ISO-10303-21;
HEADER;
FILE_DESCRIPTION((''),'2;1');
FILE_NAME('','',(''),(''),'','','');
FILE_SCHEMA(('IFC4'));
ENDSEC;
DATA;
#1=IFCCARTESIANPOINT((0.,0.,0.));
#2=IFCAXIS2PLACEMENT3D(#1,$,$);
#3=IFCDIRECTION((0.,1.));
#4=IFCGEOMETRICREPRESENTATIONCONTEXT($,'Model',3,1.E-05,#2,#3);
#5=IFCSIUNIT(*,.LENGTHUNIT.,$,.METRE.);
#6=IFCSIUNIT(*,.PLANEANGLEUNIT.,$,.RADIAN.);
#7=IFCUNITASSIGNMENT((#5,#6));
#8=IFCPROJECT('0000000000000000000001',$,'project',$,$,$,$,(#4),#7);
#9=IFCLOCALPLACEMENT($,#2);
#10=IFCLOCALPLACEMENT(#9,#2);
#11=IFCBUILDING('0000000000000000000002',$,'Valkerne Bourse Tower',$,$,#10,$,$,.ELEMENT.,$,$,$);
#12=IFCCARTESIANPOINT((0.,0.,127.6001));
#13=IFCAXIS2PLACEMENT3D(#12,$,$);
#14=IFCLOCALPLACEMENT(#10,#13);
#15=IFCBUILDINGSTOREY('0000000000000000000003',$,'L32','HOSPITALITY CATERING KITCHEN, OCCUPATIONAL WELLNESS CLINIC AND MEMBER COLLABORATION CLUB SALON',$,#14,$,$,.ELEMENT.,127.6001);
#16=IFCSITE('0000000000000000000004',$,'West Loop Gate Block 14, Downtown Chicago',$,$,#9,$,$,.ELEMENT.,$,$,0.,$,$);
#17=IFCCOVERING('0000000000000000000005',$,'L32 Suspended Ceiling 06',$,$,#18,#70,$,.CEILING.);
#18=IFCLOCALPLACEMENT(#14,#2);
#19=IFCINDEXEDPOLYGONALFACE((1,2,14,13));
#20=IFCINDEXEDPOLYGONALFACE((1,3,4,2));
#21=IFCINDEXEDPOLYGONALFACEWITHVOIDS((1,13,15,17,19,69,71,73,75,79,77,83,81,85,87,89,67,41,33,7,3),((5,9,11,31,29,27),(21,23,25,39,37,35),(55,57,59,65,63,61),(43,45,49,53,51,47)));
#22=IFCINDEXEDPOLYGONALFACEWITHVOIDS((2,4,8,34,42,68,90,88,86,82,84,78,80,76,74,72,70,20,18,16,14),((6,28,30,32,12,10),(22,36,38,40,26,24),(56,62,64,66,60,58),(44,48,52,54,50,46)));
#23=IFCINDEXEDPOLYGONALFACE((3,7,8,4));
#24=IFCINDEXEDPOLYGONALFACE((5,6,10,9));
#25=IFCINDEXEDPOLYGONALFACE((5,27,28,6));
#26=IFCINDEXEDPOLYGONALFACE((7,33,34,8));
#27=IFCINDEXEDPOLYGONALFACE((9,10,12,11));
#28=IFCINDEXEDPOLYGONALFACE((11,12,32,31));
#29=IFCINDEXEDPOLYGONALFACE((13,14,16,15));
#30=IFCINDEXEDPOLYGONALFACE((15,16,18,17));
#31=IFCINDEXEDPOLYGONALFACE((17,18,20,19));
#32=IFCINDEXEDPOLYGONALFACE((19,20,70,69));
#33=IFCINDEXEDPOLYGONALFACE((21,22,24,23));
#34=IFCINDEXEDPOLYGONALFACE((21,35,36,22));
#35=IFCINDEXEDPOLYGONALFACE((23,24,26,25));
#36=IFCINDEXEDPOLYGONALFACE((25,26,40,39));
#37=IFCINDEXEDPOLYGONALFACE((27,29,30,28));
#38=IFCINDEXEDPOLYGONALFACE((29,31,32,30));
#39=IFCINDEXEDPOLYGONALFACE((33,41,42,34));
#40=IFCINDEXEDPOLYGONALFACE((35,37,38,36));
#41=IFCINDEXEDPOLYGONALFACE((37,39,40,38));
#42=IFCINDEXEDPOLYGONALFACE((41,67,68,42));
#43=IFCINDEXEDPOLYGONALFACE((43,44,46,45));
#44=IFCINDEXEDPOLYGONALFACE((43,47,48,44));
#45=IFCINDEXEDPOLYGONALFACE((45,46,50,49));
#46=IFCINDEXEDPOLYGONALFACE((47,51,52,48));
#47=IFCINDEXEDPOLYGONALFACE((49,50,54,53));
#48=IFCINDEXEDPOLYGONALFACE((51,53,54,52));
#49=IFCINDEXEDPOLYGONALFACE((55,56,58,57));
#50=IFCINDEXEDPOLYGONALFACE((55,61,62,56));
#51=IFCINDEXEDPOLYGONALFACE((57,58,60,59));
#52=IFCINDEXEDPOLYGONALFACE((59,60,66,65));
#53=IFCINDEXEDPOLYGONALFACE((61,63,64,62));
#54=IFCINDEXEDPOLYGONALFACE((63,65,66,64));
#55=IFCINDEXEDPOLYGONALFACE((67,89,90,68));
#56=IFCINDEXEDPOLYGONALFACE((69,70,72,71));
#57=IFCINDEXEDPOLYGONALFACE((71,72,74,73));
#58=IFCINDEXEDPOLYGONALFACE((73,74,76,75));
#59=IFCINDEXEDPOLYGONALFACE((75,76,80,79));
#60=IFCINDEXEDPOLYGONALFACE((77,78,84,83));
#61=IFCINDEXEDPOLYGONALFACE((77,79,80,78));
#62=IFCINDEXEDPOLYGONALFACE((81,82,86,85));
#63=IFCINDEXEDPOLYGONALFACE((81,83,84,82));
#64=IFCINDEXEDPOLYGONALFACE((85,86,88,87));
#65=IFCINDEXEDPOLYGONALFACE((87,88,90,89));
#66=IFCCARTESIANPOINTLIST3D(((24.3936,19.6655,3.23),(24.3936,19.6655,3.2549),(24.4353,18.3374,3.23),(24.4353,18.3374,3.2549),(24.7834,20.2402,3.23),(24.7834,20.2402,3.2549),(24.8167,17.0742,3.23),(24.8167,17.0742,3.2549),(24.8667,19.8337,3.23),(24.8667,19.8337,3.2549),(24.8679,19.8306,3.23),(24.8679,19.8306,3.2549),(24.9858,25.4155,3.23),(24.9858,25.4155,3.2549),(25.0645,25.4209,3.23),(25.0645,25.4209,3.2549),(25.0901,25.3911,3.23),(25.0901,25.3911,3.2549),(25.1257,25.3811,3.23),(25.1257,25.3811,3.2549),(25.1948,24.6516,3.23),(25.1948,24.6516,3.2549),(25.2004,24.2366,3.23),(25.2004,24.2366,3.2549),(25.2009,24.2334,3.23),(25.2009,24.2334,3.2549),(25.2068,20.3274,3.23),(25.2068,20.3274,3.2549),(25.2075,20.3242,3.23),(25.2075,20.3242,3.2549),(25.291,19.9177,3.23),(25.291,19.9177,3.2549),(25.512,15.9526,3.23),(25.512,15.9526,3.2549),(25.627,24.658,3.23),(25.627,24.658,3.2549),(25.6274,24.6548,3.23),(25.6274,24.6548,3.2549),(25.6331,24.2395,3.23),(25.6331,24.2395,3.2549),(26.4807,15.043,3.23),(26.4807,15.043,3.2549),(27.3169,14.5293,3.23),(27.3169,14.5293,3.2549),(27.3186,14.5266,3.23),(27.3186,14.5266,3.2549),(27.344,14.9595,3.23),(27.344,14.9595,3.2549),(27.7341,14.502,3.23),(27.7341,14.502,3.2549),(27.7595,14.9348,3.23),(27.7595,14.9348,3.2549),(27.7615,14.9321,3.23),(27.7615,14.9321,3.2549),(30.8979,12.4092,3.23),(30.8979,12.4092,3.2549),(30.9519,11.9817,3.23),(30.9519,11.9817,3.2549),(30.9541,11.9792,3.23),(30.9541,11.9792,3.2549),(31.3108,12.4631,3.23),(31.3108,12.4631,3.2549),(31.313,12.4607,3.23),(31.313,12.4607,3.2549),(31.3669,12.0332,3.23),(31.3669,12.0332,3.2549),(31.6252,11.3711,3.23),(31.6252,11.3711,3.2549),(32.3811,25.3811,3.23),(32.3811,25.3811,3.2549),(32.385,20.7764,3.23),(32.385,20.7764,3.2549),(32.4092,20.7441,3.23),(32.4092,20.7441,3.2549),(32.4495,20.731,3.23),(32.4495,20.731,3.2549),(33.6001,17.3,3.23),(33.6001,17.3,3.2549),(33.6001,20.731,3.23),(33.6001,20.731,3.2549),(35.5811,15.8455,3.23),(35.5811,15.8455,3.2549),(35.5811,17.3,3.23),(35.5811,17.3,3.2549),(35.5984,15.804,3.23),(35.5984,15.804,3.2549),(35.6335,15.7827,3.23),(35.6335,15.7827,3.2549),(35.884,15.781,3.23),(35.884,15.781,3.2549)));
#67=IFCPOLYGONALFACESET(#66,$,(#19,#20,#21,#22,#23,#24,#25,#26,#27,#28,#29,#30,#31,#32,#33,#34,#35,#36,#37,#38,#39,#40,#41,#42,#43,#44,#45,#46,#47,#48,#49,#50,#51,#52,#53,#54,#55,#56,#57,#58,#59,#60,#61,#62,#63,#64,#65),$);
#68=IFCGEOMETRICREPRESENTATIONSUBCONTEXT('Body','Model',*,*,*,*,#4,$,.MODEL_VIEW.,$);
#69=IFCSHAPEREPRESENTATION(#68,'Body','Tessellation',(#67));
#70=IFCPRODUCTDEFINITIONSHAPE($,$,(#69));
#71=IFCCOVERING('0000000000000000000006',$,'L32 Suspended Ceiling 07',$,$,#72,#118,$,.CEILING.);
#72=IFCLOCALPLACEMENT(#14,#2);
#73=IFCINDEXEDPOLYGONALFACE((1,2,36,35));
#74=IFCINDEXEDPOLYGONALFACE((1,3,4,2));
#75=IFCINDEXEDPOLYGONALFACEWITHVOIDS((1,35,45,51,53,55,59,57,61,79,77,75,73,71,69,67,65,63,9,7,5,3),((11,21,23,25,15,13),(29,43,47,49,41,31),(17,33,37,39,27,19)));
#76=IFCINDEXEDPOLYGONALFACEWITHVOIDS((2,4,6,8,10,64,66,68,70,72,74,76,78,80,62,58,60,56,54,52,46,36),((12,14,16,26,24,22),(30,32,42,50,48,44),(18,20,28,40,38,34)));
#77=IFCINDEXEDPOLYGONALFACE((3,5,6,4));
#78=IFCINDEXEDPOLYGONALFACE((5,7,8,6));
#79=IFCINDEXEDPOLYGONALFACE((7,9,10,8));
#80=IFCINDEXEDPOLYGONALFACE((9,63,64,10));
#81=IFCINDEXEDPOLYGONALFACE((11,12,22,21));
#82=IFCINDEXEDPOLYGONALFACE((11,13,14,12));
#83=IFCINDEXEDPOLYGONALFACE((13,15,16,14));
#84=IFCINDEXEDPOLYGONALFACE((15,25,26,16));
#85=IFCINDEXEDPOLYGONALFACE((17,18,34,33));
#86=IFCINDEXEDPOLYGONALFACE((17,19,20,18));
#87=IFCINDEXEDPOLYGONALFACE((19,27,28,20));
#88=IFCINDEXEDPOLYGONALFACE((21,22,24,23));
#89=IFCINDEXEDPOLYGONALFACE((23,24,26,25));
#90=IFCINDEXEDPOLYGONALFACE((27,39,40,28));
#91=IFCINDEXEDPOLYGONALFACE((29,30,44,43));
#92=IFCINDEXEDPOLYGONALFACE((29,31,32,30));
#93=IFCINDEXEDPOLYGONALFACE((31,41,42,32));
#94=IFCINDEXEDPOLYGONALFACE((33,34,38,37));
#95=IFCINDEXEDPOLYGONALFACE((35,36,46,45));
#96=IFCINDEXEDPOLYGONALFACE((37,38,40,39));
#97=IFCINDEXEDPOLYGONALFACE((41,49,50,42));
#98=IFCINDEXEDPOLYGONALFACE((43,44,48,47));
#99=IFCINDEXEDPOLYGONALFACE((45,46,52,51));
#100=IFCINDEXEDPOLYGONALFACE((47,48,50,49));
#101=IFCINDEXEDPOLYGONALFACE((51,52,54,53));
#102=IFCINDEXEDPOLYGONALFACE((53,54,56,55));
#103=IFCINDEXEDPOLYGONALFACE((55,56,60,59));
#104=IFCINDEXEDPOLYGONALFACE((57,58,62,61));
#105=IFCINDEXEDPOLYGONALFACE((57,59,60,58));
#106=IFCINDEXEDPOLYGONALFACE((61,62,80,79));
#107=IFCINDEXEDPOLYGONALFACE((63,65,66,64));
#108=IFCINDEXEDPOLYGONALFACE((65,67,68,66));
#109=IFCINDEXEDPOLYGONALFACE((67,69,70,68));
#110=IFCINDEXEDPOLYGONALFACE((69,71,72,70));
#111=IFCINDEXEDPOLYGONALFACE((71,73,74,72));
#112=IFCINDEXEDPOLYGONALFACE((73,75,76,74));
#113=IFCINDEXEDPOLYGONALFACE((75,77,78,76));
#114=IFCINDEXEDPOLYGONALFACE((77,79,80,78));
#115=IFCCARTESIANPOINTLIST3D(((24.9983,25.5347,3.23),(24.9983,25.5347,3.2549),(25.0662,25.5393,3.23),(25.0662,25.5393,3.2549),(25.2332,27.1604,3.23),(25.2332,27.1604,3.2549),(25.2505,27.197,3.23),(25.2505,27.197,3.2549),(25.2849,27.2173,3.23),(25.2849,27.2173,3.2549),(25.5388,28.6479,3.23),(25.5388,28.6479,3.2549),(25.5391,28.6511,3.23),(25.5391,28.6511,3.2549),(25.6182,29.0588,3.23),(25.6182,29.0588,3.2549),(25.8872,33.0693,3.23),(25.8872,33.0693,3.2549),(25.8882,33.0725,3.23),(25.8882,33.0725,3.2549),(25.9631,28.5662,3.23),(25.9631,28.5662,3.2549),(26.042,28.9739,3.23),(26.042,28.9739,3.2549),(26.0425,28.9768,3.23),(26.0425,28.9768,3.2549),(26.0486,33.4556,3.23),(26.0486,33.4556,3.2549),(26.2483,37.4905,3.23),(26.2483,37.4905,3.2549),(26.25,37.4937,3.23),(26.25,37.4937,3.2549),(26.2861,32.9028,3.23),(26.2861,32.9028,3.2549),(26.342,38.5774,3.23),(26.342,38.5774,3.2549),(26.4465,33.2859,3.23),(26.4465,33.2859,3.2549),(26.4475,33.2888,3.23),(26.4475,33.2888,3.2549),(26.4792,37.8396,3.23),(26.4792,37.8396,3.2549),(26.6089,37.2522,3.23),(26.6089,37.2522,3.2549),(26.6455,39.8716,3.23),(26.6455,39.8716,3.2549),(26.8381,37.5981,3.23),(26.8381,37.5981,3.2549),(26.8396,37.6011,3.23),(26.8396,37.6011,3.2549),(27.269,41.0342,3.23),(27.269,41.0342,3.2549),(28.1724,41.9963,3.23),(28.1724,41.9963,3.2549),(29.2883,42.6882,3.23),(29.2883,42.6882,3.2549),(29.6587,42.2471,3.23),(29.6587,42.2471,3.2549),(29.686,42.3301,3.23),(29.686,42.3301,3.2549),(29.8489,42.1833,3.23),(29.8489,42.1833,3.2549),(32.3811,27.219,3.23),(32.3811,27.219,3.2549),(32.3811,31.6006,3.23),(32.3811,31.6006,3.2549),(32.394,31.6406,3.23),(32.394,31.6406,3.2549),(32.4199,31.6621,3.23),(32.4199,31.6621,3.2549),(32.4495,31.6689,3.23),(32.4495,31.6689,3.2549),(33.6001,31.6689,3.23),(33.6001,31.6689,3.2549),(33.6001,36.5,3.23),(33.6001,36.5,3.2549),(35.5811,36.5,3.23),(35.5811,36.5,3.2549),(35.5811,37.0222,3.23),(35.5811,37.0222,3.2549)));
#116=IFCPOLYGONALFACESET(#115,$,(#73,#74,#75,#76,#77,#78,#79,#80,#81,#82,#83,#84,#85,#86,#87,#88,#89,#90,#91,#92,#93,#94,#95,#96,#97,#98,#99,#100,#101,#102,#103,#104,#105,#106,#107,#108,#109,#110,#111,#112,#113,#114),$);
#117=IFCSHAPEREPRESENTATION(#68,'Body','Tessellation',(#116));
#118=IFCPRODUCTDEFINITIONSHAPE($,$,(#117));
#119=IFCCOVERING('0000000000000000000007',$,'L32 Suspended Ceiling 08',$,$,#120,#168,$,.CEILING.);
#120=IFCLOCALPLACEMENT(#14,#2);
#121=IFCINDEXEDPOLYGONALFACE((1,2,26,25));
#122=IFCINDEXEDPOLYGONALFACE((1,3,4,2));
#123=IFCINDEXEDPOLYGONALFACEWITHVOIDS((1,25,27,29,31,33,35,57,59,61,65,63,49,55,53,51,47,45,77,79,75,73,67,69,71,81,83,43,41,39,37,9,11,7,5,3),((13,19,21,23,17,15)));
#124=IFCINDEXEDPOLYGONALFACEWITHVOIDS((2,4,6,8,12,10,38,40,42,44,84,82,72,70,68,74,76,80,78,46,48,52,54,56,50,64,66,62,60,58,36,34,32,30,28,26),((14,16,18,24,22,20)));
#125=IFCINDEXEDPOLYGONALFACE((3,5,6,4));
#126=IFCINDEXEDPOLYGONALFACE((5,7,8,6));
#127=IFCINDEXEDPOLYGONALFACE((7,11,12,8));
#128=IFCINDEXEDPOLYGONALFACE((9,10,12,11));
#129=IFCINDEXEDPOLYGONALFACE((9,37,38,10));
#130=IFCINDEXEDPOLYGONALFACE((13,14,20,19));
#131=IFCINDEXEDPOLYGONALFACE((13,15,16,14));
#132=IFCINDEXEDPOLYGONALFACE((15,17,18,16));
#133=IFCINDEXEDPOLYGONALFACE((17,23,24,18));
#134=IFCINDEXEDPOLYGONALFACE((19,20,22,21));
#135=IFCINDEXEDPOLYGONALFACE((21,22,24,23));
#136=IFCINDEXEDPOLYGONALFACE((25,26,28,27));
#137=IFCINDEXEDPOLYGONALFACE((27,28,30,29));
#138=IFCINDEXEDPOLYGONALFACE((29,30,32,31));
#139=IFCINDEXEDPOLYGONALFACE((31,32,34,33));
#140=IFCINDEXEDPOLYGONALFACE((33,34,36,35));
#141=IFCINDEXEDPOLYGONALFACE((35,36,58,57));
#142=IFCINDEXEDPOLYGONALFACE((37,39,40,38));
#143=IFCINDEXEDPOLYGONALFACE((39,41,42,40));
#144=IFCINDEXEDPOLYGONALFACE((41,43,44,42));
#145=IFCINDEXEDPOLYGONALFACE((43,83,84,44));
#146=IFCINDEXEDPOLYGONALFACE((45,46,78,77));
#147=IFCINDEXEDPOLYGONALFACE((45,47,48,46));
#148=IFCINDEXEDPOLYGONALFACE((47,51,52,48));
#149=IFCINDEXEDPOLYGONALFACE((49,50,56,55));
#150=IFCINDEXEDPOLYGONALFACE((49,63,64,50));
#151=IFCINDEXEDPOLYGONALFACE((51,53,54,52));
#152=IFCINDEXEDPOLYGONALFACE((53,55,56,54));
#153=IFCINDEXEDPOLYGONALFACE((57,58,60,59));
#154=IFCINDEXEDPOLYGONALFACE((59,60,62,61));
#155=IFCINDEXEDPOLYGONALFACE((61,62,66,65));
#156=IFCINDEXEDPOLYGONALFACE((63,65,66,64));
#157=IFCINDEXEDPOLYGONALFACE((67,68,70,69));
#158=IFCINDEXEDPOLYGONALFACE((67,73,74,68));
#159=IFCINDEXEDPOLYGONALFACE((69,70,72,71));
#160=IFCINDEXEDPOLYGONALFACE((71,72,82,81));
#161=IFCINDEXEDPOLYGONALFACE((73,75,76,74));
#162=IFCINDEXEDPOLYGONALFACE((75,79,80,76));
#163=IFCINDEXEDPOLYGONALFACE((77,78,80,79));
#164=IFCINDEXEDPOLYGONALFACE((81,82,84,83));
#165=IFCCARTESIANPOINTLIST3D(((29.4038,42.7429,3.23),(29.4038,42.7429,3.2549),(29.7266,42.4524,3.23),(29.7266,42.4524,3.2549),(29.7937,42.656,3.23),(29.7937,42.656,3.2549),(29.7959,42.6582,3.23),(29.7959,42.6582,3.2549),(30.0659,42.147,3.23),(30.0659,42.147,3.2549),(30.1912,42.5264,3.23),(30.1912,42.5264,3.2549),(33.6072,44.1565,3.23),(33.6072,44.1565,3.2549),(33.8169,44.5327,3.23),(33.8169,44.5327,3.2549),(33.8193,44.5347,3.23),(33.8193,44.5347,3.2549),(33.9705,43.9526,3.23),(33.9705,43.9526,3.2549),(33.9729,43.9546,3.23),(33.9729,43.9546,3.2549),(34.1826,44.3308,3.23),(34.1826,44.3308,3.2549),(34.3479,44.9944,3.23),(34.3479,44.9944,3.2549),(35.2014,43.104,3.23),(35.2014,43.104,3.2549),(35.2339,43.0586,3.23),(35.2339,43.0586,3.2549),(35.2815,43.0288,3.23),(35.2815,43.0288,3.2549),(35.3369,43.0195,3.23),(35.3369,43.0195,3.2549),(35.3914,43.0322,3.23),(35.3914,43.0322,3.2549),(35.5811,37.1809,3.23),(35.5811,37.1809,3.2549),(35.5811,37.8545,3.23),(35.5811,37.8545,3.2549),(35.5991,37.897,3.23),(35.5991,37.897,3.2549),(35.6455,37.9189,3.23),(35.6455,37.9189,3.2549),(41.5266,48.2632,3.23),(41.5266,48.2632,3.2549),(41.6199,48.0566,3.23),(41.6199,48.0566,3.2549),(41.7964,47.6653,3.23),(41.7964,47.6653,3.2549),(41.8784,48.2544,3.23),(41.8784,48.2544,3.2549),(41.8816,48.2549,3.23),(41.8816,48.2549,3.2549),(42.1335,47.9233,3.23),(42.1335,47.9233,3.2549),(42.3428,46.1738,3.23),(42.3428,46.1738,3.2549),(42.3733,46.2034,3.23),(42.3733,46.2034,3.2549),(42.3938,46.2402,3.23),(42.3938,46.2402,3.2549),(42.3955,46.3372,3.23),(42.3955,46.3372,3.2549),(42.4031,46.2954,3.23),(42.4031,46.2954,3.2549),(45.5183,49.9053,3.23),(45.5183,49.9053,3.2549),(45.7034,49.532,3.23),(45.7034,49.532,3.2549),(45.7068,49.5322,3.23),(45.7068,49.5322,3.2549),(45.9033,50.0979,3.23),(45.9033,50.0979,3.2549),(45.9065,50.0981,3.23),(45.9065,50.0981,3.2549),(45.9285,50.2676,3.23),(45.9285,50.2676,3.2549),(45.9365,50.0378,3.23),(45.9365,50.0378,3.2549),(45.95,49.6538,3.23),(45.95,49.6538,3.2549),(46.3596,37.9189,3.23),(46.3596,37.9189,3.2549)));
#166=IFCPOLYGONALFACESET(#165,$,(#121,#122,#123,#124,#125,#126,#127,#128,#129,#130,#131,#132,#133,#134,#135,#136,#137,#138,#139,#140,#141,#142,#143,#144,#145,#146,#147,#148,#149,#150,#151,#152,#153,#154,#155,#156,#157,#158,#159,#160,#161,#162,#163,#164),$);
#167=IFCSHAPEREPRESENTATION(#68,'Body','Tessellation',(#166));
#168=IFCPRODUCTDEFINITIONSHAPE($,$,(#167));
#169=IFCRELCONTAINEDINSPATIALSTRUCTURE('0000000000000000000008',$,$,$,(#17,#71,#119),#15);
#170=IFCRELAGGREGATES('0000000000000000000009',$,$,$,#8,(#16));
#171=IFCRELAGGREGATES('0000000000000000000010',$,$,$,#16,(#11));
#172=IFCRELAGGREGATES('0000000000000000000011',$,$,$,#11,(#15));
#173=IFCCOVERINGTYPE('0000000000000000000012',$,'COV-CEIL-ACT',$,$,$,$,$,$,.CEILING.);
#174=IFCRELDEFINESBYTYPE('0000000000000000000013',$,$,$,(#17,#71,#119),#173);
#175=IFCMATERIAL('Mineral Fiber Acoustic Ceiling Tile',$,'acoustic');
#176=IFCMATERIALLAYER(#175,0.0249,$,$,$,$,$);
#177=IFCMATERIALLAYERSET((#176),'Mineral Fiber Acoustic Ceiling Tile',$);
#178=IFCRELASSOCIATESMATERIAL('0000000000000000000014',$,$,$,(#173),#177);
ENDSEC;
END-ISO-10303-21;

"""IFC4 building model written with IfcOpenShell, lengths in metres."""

from ifc_helpers import new_model, si_unit, direction, frame, origin, place, context, subcontext, project, spatial, polyline, outline, extrude, material, layer, layer_set, type_object, element, save


model = new_model("IFC4")

# Units and contexts
model_context = context("Model", 3, precision=1e-05, world=origin(), true_north=direction((0.0, 1.0)))
body_context = subcontext(model_context, "Body", "Model", "MODEL_VIEW")
ifc_project = project(units=[si_unit("LENGTHUNIT", "METRE"), si_unit("PLANEANGLEUNIT", "RADIAN")], contexts=[model_context])

# Site, building, storey
site_placement = place(None, origin())
site = spatial("IfcSite", under=ifc_project, at=site_placement, Name="West Loop Gate Block 14, Downtown Chicago", CompositionType="ELEMENT", RefElevation=0.0)
building_placement = place(site_placement, origin())
building = spatial("IfcBuilding", under=site, at=building_placement, Name="Valkerne Bourse Tower", CompositionType="ELEMENT")
storey_placement = place(building_placement, frame((0.0, 0.0, 127.6001)))
storey = spatial("IfcBuildingStorey", under=building, at=storey_placement, Name="L32", Description="HOSPITALITY CATERING KITCHEN, OCCUPATIONAL WELLNESS CLINIC AND MEMBER COLLABORATION CLUB SALON", CompositionType="ELEMENT", Elevation=127.6001)

# Coverings
ifc_material_1 = material(Name="Mineral Fiber Acoustic Ceiling Tile", Category="acoustic")
ifc_layer_1 = layer(ifc_material_1, 0.0249)
ifc_layer_set_1 = layer_set([ifc_layer_1], Name="Mineral Fiber Acoustic Ceiling Tile")
covering_type_1 = type_object("IfcCoveringType", Name="COV-CEIL-ACT", PredefinedType="CEILING", material=ifc_layer_set_1)
covering_1_placement = place(storey_placement, frame((0.0, 0.0, 3.23)))
element("IfcCovering", 1, at=covering_1_placement, inside=storey, type_object=covering_type_1, Name="L32 Suspended Ceiling 06", PredefinedType="CEILING", context=body_context, shape_type="SweptSolid", body=[
    extrude(outline(polyline([(24.8167, 17.0742), (24.4353, 18.3374), (24.3936, 19.6655), (24.9858, 25.4155), (25.0645, 25.4209), (25.0901, 25.3911), (25.1257, 25.3811), (32.3811, 25.3811), (32.385, 20.7764), (32.4092, 20.7441), (32.4495, 20.731), (33.6001, 20.731), (33.6001, 17.3), (35.5811, 17.3), (35.5811, 15.8455), (35.5984, 15.804), (35.6335, 15.7827), (35.884, 15.781), (31.6252, 11.3711), (26.4807, 15.043), (25.512, 15.9526), (24.8167, 17.0742)]), holes=[polyline([(31.313, 12.4607), (31.3108, 12.4631), (30.8979, 12.4092), (30.9519, 11.9817), (30.9541, 11.9792), (31.3669, 12.0332), (31.313, 12.4607)]), polyline([(27.7615, 14.9321), (27.7595, 14.9348), (27.344, 14.9595), (27.3169, 14.5293), (27.3186, 14.5266), (27.7341, 14.502), (27.7615, 14.9321)]), polyline([(25.291, 19.9177), (25.2075, 20.3242), (25.2068, 20.3274), (24.7834, 20.2402), (24.8667, 19.8337), (24.8679, 19.8306), (25.291, 19.9177)]), polyline([(25.6274, 24.6548), (25.627, 24.658), (25.1948, 24.6516), (25.2004, 24.2366), (25.2009, 24.2334), (25.6331, 24.2395), (25.6274, 24.6548)])]), origin(), (0.0, 0.0, 1.0), 0.0249),
])
covering_2_placement = place(storey_placement, frame((0.0, 0.0, 3.23)))
element("IfcCovering", 2, at=covering_2_placement, inside=storey, type_object=covering_type_1, Name="L32 Suspended Ceiling 07", PredefinedType="CEILING", context=body_context, shape_type="SweptSolid", body=[
    extrude(outline(polyline([(27.269, 41.0342), (28.1724, 41.9963), (29.2883, 42.6882), (29.686, 42.3301), (29.6587, 42.2471), (29.8489, 42.1833), (35.5811, 37.0222), (35.5811, 36.5), (33.6001, 36.5), (33.6001, 31.6689), (32.4495, 31.6689), (32.4199, 31.6621), (32.394, 31.6406), (32.3811, 31.6006), (32.3811, 27.219), (25.2849, 27.2173), (25.2505, 27.197), (25.2332, 27.1604), (25.0662, 25.5393), (24.9983, 25.5347), (26.342, 38.5774), (26.6455, 39.8716), (27.269, 41.0342)]), holes=[polyline([(26.0425, 28.9768), (25.6182, 29.0588), (25.5391, 28.6511), (25.5388, 28.6479), (25.9631, 28.5662), (26.042, 28.9739), (26.0425, 28.9768)]), polyline([(26.4465, 33.2859), (26.4475, 33.2888), (26.0486, 33.4556), (25.8882, 33.0725), (25.8872, 33.0693), (26.2861, 32.9028), (26.4465, 33.2859)]), polyline([(26.8396, 37.6011), (26.4792, 37.8396), (26.25, 37.4937), (26.2483, 37.4905), (26.6089, 37.2522), (26.8381, 37.5981), (26.8396, 37.6011)])]), origin(), (0.0, 0.0, 1.0), 0.0249),
])
covering_3_placement = place(storey_placement, frame((0.0, 0.0, 3.23)))
element("IfcCovering", 3, at=covering_3_placement, inside=storey, type_object=covering_type_1, Name="L32 Suspended Ceiling 08", PredefinedType="CEILING", context=body_context, shape_type="SweptSolid", body=[
    extrude(outline(polyline([(35.2339, 43.0586), (35.2815, 43.0288), (35.3369, 43.0195), (35.3914, 43.0322), (42.3428, 46.1738), (42.3733, 46.2034), (42.3938, 46.2402), (42.4031, 46.2954), (42.3955, 46.3372), (41.7964, 47.6653), (42.1335, 47.9233), (41.8816, 48.2549), (41.8784, 48.2544), (41.6199, 48.0566), (41.5266, 48.2632), (45.9285, 50.2676), (45.9365, 50.0378), (45.9065, 50.0981), (45.9033, 50.0979), (45.5183, 49.9053), (45.7034, 49.532), (45.7068, 49.5322), (45.95, 49.6538), (46.3596, 37.9189), (35.6455, 37.9189), (35.5991, 37.897), (35.5811, 37.8545), (35.5811, 37.1809), (30.0659, 42.147), (30.1912, 42.5264), (29.7959, 42.6582), (29.7937, 42.656), (29.7266, 42.4524), (29.4038, 42.7429), (34.3479, 44.9944), (35.2014, 43.104), (35.2339, 43.0586)]), holes=[polyline([(34.1826, 44.3308), (33.8193, 44.5347), (33.8169, 44.5327), (33.6072, 44.1565), (33.9705, 43.9526), (33.9729, 43.9546), (34.1826, 44.3308)])]), origin(), (0.0, 0.0, 1.0), 0.0249),
])

save(model, "model.ifc")
